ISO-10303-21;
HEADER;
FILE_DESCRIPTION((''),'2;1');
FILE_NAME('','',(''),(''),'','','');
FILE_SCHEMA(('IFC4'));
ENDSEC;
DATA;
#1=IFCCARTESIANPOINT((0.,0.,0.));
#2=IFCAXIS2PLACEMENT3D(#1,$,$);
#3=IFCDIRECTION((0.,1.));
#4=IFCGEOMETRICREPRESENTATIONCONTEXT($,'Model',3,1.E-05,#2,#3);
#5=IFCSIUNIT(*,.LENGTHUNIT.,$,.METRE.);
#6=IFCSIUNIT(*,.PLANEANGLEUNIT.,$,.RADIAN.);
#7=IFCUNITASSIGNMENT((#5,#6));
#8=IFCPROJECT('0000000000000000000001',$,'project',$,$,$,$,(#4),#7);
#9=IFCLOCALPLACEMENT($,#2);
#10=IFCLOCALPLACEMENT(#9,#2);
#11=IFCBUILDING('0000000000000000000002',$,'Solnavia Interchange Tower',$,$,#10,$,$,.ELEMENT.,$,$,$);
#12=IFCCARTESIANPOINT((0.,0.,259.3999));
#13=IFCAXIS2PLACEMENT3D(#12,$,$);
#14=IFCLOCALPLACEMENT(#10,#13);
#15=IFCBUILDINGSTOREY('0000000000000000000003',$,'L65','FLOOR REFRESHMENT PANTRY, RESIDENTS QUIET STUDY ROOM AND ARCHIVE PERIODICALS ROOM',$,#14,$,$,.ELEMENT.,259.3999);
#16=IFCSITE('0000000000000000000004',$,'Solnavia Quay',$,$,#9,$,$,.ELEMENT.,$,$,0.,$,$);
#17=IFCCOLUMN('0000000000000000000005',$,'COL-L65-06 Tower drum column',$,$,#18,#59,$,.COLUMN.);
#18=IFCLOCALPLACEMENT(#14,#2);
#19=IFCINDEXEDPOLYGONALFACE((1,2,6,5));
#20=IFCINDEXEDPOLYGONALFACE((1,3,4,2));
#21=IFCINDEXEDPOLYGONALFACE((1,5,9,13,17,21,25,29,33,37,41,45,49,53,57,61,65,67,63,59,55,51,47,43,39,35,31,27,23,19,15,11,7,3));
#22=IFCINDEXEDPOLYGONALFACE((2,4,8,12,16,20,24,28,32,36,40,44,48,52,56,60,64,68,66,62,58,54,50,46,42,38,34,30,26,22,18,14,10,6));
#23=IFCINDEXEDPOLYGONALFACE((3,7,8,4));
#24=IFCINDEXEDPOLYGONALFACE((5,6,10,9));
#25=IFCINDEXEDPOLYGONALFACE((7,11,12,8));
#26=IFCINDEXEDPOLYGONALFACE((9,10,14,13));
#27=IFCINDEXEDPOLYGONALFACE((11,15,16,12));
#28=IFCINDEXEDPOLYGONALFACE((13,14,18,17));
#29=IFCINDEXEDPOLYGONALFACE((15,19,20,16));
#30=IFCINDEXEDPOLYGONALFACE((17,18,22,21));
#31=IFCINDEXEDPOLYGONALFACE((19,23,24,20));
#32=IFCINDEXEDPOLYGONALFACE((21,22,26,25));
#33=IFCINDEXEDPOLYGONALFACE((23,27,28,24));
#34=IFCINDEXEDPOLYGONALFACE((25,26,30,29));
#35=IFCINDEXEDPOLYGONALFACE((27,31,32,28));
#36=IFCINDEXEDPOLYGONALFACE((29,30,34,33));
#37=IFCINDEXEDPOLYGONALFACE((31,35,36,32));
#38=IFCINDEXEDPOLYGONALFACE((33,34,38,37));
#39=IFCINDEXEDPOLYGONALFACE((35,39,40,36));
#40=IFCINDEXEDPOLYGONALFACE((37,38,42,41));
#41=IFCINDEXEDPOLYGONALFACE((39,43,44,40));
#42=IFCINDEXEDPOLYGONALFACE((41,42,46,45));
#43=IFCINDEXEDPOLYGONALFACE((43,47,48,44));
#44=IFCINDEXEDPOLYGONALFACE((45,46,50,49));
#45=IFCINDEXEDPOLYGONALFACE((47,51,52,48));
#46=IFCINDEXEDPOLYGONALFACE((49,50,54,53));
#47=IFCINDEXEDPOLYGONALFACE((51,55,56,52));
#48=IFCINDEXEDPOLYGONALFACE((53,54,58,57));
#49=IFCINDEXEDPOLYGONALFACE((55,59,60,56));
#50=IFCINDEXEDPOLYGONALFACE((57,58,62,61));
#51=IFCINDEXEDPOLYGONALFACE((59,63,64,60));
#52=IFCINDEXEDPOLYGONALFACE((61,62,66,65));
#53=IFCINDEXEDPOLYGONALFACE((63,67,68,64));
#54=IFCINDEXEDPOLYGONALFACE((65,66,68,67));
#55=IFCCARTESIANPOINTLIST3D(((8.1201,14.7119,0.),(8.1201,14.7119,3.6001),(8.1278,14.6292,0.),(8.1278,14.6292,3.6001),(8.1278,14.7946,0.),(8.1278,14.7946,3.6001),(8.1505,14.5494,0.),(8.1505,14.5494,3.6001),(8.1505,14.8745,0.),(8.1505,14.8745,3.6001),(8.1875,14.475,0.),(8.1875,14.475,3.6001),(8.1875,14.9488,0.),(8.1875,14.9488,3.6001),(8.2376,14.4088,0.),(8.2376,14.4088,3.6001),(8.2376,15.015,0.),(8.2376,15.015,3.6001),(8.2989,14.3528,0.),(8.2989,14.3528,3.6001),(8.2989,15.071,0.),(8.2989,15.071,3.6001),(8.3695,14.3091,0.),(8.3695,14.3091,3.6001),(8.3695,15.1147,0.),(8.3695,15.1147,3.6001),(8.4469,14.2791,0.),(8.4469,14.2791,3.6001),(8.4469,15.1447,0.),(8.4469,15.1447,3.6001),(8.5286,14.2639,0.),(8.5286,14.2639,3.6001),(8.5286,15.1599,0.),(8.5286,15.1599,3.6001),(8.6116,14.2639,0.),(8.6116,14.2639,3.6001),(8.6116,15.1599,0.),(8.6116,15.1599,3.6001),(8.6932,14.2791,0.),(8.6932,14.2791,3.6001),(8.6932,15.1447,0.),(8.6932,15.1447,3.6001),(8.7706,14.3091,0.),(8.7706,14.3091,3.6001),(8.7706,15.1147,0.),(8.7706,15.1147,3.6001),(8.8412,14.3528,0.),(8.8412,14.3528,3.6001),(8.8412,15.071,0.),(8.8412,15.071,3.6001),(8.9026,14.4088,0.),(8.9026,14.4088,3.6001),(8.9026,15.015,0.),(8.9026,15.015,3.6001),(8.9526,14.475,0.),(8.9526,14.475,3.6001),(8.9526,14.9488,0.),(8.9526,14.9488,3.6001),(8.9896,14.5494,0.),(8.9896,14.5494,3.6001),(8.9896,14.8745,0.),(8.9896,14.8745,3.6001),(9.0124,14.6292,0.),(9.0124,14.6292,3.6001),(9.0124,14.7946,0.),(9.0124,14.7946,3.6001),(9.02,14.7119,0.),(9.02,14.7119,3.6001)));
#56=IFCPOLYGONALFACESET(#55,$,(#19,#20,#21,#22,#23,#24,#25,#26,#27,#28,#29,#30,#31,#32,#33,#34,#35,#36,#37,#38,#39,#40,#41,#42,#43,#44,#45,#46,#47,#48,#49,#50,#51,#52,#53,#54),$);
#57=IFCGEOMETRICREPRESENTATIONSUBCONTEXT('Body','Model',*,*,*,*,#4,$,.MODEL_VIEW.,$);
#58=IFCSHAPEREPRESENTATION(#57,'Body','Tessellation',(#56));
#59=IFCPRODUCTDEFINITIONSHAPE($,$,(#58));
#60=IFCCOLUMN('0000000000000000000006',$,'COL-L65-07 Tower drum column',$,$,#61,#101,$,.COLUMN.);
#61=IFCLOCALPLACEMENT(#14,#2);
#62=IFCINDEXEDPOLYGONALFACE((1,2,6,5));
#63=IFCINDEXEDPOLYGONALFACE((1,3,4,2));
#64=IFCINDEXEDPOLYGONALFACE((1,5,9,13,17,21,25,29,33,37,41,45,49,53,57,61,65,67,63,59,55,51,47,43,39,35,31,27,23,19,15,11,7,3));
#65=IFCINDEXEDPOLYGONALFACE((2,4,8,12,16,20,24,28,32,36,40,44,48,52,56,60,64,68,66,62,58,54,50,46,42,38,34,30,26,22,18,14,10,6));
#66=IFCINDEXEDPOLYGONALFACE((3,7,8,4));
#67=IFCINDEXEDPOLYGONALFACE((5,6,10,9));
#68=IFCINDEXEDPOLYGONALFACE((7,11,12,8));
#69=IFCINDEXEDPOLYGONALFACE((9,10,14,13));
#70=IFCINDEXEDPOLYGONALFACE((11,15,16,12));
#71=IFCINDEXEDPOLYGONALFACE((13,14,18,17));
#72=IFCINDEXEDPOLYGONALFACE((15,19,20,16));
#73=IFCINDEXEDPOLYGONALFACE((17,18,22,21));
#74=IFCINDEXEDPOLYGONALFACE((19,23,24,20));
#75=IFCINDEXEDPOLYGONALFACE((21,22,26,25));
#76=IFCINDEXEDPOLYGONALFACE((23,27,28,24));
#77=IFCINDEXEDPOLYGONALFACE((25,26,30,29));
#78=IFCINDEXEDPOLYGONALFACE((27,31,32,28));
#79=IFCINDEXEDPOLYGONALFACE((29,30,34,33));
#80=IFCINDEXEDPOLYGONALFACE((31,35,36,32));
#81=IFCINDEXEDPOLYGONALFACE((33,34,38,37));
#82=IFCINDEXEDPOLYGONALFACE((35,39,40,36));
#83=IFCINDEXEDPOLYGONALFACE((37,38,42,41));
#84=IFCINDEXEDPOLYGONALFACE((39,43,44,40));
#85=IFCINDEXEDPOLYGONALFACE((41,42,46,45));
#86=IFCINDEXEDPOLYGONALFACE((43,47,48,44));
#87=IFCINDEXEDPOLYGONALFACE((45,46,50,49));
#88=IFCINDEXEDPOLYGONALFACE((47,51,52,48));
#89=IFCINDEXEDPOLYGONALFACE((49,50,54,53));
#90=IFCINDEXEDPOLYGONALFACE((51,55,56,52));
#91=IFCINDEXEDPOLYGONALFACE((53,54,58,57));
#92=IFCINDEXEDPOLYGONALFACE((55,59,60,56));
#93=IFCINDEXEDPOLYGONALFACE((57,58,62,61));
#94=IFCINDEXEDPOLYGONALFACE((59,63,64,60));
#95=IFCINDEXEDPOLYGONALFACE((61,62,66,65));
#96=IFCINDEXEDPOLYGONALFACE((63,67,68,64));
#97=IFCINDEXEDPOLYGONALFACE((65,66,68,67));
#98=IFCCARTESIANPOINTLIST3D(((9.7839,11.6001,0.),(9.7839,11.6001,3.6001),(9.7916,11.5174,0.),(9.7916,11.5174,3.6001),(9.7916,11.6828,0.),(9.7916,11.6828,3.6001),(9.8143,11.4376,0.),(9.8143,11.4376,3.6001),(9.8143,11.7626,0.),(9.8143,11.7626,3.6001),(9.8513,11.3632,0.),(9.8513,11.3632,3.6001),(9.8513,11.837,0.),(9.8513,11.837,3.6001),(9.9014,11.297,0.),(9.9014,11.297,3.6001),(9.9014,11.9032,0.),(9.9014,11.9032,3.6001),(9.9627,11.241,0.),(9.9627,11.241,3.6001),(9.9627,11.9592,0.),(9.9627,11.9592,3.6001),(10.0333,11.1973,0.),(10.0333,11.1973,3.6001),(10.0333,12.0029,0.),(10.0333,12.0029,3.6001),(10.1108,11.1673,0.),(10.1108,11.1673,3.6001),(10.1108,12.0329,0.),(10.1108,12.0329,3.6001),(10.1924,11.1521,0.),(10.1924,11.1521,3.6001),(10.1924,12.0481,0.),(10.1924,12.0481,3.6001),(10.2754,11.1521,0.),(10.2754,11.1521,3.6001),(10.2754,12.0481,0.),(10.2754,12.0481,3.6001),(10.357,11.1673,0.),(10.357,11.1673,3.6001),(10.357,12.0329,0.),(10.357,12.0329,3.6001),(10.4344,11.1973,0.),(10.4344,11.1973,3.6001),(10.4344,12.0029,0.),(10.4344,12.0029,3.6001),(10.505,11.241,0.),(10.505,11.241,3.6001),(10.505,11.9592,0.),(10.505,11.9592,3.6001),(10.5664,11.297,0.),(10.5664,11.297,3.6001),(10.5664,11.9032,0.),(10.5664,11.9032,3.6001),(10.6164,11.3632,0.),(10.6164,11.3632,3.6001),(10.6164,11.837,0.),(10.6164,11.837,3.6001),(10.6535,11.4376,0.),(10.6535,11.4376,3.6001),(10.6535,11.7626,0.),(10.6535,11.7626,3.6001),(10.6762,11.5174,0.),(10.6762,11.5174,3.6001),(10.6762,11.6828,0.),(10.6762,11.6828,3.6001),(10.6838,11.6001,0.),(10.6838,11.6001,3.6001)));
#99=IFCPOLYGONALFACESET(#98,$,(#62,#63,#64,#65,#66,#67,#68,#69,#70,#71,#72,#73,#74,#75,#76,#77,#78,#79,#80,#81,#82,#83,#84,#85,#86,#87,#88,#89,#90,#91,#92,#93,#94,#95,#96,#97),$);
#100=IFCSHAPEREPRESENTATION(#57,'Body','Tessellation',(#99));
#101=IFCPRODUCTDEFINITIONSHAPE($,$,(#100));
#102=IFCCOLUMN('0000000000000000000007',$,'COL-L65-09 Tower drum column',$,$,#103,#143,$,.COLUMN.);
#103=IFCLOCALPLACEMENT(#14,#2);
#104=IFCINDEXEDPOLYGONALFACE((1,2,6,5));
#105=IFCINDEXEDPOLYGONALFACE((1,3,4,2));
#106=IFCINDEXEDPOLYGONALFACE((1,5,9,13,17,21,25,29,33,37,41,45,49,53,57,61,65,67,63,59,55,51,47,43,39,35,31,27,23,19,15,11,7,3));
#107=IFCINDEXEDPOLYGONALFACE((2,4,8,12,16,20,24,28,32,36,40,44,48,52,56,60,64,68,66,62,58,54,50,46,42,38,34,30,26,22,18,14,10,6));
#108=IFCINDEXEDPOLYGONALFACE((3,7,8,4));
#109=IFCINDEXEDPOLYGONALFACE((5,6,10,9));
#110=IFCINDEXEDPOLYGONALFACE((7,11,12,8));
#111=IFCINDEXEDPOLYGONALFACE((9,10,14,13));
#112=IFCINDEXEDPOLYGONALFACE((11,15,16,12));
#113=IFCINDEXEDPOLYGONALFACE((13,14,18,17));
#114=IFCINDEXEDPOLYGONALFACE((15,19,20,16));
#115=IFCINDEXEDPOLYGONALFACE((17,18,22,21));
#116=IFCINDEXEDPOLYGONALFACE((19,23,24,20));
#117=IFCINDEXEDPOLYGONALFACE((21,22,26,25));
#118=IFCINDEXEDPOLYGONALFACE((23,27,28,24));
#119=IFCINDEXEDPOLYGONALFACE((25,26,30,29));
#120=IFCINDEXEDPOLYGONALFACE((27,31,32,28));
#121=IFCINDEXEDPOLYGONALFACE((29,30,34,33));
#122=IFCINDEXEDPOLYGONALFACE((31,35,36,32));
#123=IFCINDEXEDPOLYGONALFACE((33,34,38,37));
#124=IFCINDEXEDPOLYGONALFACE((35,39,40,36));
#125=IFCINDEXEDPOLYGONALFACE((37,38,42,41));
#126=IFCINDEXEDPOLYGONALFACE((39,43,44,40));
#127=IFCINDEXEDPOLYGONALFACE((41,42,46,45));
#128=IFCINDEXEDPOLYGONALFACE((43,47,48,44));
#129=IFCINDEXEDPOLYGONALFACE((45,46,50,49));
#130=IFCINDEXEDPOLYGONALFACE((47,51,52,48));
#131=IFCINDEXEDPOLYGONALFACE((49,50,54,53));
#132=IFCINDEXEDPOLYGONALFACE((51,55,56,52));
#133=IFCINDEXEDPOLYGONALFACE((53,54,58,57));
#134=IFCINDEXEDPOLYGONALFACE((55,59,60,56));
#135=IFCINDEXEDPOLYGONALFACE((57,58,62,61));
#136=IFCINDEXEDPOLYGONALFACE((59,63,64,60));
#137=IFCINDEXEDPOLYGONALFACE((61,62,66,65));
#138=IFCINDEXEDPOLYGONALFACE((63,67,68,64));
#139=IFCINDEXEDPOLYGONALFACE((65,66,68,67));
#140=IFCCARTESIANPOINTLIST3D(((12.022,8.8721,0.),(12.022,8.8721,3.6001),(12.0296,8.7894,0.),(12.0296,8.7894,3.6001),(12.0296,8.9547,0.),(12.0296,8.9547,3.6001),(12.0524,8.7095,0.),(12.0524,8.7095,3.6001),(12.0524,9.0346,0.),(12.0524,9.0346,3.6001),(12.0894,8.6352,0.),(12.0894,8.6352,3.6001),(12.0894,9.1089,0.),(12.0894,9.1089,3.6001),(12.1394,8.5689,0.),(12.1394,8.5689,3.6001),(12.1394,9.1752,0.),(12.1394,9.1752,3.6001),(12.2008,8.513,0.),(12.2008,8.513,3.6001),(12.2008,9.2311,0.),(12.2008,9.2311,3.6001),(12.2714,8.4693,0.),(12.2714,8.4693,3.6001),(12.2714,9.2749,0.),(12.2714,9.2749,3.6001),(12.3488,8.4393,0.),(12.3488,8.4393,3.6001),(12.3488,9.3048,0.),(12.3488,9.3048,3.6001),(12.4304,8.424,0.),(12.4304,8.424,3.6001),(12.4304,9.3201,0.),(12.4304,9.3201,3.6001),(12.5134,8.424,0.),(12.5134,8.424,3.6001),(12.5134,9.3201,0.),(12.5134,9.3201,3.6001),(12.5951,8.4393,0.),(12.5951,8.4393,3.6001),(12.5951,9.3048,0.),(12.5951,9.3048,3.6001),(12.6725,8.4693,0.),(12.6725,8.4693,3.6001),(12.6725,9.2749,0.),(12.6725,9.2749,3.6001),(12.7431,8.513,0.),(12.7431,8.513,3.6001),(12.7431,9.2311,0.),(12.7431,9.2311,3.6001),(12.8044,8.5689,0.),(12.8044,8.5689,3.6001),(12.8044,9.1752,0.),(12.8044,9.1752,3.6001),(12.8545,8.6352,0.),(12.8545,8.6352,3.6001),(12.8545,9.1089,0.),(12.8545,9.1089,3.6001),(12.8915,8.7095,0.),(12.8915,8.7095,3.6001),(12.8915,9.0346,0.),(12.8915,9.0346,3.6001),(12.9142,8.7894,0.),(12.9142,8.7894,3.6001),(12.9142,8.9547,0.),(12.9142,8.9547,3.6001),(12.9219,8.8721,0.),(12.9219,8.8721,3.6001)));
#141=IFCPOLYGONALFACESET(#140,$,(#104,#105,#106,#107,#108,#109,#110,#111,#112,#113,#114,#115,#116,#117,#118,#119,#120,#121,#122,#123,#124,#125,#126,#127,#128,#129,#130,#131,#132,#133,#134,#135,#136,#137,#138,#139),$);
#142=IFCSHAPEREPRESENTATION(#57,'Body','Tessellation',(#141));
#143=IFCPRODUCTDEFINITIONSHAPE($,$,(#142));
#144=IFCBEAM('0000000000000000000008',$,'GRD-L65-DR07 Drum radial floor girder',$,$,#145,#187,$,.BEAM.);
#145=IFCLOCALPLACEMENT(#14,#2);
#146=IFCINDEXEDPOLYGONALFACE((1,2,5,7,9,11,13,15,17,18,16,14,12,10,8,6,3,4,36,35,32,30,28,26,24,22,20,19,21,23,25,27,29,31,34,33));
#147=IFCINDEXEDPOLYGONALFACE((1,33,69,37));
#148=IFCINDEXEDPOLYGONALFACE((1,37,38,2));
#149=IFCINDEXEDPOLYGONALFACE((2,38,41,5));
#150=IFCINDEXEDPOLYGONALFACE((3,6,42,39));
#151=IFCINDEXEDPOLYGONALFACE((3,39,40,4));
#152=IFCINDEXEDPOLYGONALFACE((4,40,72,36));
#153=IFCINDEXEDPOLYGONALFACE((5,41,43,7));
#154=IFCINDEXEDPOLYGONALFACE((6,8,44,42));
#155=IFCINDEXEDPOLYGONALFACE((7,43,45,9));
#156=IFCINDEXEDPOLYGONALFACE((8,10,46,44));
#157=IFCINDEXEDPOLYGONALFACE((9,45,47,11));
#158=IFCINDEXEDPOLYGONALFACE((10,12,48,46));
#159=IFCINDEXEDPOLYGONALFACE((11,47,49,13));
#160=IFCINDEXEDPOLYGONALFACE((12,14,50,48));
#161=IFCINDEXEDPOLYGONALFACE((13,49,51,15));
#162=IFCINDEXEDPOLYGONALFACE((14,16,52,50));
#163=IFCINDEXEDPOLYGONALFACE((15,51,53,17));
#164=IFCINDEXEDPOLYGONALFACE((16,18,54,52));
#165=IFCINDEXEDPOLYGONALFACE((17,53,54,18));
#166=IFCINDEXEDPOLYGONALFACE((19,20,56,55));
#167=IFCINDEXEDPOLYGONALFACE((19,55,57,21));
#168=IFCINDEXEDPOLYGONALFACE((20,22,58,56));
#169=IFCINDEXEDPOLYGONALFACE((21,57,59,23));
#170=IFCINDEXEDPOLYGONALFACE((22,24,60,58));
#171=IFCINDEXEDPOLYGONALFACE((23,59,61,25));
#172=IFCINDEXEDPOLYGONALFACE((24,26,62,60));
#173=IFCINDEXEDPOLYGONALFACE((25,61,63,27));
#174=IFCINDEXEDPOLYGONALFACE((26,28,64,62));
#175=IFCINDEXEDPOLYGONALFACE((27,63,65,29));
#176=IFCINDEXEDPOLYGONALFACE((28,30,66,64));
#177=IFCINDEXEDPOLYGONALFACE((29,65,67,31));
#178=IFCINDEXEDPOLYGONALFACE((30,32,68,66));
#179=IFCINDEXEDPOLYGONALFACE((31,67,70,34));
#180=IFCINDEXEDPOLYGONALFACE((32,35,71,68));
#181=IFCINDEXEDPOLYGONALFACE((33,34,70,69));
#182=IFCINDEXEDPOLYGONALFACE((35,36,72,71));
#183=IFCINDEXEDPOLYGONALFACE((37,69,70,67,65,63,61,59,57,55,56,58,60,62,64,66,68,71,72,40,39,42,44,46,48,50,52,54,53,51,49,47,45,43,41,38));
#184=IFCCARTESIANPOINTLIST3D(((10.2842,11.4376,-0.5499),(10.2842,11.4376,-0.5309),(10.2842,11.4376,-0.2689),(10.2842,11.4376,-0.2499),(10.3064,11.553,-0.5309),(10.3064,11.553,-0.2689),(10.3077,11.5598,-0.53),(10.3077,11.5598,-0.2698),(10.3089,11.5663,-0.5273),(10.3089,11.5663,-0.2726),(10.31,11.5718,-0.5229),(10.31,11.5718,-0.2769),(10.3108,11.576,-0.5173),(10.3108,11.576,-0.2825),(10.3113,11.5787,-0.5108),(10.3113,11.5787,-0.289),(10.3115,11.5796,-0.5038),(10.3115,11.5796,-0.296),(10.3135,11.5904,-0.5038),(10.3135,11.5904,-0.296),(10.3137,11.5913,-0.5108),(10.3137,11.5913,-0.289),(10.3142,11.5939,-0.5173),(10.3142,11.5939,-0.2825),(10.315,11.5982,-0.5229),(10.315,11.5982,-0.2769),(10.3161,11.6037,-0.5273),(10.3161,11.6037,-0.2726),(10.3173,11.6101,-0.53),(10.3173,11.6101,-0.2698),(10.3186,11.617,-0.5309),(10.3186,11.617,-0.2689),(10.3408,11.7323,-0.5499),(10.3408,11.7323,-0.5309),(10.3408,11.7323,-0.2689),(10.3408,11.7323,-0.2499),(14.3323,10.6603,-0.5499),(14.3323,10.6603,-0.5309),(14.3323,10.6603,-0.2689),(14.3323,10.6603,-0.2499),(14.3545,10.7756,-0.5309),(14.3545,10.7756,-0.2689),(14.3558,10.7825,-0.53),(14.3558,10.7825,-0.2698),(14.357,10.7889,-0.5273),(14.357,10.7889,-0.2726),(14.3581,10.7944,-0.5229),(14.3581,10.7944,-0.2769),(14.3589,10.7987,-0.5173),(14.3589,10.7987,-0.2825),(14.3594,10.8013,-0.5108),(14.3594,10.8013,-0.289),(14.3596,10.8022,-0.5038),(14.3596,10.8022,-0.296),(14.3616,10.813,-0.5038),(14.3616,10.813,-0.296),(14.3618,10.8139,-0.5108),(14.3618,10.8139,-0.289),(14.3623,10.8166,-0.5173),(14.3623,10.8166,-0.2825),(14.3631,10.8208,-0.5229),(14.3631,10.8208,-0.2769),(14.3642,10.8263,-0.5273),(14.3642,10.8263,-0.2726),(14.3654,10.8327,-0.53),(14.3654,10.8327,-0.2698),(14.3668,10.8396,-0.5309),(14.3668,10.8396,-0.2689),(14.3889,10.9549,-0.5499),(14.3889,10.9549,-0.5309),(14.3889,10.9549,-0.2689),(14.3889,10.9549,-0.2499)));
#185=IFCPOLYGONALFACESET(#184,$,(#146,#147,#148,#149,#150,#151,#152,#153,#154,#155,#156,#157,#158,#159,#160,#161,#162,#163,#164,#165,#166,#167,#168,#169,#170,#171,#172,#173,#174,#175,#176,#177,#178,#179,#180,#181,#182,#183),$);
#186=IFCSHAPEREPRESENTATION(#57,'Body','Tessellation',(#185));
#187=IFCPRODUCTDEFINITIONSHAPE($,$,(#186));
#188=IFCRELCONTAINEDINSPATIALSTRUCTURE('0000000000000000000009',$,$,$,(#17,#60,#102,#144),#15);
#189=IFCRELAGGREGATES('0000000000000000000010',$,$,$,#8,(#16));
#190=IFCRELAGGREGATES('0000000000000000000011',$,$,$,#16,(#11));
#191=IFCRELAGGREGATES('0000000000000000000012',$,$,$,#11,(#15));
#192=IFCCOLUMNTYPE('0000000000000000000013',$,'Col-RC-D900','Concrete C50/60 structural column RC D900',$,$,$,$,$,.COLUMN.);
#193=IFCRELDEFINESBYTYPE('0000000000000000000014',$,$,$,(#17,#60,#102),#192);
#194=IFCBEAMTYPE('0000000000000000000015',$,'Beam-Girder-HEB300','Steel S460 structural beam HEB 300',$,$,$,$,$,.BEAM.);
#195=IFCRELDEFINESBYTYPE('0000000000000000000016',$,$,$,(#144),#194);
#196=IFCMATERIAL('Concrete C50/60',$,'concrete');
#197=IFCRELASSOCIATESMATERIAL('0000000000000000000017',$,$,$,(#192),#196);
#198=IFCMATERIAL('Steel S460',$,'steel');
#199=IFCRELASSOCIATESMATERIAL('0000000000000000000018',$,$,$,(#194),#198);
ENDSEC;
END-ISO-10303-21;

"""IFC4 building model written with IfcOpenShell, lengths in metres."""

from ifc_helpers import new_model, si_unit, direction, frame, origin, origin_2d, place, context, subcontext, project, spatial, circle, i_section, extrude, material, material_profile, profile_set, type_object, element, save


model = new_model("IFC4")

# Units and contexts
model_context = context("Model", 3, precision=1e-05, world=origin(), true_north=direction((0.0, 1.0)))
body_context = subcontext(model_context, "Body", "Model", "MODEL_VIEW")
ifc_project = project(units=[si_unit("LENGTHUNIT", "METRE"), si_unit("PLANEANGLEUNIT", "RADIAN")], contexts=[model_context])

# Site, building, storey
site_placement = place(None, origin())
site = spatial("IfcSite", under=ifc_project, at=site_placement, Name="Solnavia Quay", CompositionType="ELEMENT", RefElevation=0.0)
building_placement = place(site_placement, origin())
building = spatial("IfcBuilding", under=site, at=building_placement, Name="Solnavia Interchange Tower", CompositionType="ELEMENT")
storey_placement = place(building_placement, frame((0.0, 0.0, 259.3999)))
storey = spatial("IfcBuildingStorey", under=building, at=storey_placement, Name="L65", Description="FLOOR REFRESHMENT PANTRY, RESIDENTS QUIET STUDY ROOM AND ARCHIVE PERIODICALS ROOM", CompositionType="ELEMENT", Elevation=259.3999)

# Columns
ifc_material_1 = material(Name="Concrete C50/60", Category="concrete")
ifc_material_profile_1 = material_profile(ifc_material_1, circle(Radius=0.45, at=origin_2d()), Name="RC D900")
ifc_profile_set_1 = profile_set([ifc_material_profile_1], Name="Concrete C50/60")
column_type = type_object("IfcColumnType", Name="Col-RC-D900", Description="Concrete C50/60 structural column RC D900", PredefinedType="COLUMN", material=ifc_profile_set_1)
for number, where, z_axis, x_axis, name in (
    (1, (8.5701, 14.7119, 0.0), (0.0, 0.0, 1.0), (1.0, 0.0, 0.0), "COL-L65-06 Tower drum column"),
    (2, (10.2339, 11.6001, 0.0), (0.0, 0.0, 1.0), (1.0, 0.0, 0.0), "COL-L65-07 Tower drum column"),
    (3, (12.4719, 8.8721, 0.0), (0.0, 0.0, 1.0), (1.0, 0.0, 0.0), "COL-L65-09 Tower drum column"),
):
    element("IfcColumn", number, at=place(storey_placement, frame(where, z_axis=z_axis, x_axis=x_axis)), inside=storey, type_object=column_type, Name=name, PredefinedType="COLUMN", context=body_context, shape_type="SweptSolid", body=[
        extrude(circle(Radius=0.45, at=origin_2d()), origin(), (0.0, 0.0, 1.0), 3.6001),
    ])

# Beam
ifc_material_2 = material(Name="Steel S460", Category="steel")
ifc_material_profile_2 = material_profile(ifc_material_2, i_section(OverallWidth=0.3, OverallDepth=0.3, WebThickness=0.011, FlangeThickness=0.019, FilletRadius=0.0271, at=origin_2d()), Name="HEB 300")
ifc_profile_set_2 = profile_set([ifc_material_profile_2], Name="Steel S460")
beam_type_1 = type_object("IfcBeamType", Name="Beam-Girder-HEB300", Description="Steel S460 structural beam HEB 300", PredefinedType="BEAM", material=ifc_profile_set_2)
beam_1_placement = place(storey_placement, frame((10.3125, 11.585, -0.3999), z_axis=(0.982058, -0.188582, 0.0), x_axis=(0.188582, 0.982058, 0.0)))
element("IfcBeam", 4, at=beam_1_placement, inside=storey, type_object=beam_type_1, Name="GRD-L65-DR07 Drum radial floor girder", PredefinedType="BEAM", context=body_context, shape_type="SweptSolid", body=[
    extrude(i_section(OverallWidth=0.3, OverallDepth=0.3, WebThickness=0.011, FlangeThickness=0.019, FilletRadius=0.0271, at=origin_2d()), origin(), (0.0, 0.0, 1.0), 4.1221),
])

save(model, "model.ifc")
